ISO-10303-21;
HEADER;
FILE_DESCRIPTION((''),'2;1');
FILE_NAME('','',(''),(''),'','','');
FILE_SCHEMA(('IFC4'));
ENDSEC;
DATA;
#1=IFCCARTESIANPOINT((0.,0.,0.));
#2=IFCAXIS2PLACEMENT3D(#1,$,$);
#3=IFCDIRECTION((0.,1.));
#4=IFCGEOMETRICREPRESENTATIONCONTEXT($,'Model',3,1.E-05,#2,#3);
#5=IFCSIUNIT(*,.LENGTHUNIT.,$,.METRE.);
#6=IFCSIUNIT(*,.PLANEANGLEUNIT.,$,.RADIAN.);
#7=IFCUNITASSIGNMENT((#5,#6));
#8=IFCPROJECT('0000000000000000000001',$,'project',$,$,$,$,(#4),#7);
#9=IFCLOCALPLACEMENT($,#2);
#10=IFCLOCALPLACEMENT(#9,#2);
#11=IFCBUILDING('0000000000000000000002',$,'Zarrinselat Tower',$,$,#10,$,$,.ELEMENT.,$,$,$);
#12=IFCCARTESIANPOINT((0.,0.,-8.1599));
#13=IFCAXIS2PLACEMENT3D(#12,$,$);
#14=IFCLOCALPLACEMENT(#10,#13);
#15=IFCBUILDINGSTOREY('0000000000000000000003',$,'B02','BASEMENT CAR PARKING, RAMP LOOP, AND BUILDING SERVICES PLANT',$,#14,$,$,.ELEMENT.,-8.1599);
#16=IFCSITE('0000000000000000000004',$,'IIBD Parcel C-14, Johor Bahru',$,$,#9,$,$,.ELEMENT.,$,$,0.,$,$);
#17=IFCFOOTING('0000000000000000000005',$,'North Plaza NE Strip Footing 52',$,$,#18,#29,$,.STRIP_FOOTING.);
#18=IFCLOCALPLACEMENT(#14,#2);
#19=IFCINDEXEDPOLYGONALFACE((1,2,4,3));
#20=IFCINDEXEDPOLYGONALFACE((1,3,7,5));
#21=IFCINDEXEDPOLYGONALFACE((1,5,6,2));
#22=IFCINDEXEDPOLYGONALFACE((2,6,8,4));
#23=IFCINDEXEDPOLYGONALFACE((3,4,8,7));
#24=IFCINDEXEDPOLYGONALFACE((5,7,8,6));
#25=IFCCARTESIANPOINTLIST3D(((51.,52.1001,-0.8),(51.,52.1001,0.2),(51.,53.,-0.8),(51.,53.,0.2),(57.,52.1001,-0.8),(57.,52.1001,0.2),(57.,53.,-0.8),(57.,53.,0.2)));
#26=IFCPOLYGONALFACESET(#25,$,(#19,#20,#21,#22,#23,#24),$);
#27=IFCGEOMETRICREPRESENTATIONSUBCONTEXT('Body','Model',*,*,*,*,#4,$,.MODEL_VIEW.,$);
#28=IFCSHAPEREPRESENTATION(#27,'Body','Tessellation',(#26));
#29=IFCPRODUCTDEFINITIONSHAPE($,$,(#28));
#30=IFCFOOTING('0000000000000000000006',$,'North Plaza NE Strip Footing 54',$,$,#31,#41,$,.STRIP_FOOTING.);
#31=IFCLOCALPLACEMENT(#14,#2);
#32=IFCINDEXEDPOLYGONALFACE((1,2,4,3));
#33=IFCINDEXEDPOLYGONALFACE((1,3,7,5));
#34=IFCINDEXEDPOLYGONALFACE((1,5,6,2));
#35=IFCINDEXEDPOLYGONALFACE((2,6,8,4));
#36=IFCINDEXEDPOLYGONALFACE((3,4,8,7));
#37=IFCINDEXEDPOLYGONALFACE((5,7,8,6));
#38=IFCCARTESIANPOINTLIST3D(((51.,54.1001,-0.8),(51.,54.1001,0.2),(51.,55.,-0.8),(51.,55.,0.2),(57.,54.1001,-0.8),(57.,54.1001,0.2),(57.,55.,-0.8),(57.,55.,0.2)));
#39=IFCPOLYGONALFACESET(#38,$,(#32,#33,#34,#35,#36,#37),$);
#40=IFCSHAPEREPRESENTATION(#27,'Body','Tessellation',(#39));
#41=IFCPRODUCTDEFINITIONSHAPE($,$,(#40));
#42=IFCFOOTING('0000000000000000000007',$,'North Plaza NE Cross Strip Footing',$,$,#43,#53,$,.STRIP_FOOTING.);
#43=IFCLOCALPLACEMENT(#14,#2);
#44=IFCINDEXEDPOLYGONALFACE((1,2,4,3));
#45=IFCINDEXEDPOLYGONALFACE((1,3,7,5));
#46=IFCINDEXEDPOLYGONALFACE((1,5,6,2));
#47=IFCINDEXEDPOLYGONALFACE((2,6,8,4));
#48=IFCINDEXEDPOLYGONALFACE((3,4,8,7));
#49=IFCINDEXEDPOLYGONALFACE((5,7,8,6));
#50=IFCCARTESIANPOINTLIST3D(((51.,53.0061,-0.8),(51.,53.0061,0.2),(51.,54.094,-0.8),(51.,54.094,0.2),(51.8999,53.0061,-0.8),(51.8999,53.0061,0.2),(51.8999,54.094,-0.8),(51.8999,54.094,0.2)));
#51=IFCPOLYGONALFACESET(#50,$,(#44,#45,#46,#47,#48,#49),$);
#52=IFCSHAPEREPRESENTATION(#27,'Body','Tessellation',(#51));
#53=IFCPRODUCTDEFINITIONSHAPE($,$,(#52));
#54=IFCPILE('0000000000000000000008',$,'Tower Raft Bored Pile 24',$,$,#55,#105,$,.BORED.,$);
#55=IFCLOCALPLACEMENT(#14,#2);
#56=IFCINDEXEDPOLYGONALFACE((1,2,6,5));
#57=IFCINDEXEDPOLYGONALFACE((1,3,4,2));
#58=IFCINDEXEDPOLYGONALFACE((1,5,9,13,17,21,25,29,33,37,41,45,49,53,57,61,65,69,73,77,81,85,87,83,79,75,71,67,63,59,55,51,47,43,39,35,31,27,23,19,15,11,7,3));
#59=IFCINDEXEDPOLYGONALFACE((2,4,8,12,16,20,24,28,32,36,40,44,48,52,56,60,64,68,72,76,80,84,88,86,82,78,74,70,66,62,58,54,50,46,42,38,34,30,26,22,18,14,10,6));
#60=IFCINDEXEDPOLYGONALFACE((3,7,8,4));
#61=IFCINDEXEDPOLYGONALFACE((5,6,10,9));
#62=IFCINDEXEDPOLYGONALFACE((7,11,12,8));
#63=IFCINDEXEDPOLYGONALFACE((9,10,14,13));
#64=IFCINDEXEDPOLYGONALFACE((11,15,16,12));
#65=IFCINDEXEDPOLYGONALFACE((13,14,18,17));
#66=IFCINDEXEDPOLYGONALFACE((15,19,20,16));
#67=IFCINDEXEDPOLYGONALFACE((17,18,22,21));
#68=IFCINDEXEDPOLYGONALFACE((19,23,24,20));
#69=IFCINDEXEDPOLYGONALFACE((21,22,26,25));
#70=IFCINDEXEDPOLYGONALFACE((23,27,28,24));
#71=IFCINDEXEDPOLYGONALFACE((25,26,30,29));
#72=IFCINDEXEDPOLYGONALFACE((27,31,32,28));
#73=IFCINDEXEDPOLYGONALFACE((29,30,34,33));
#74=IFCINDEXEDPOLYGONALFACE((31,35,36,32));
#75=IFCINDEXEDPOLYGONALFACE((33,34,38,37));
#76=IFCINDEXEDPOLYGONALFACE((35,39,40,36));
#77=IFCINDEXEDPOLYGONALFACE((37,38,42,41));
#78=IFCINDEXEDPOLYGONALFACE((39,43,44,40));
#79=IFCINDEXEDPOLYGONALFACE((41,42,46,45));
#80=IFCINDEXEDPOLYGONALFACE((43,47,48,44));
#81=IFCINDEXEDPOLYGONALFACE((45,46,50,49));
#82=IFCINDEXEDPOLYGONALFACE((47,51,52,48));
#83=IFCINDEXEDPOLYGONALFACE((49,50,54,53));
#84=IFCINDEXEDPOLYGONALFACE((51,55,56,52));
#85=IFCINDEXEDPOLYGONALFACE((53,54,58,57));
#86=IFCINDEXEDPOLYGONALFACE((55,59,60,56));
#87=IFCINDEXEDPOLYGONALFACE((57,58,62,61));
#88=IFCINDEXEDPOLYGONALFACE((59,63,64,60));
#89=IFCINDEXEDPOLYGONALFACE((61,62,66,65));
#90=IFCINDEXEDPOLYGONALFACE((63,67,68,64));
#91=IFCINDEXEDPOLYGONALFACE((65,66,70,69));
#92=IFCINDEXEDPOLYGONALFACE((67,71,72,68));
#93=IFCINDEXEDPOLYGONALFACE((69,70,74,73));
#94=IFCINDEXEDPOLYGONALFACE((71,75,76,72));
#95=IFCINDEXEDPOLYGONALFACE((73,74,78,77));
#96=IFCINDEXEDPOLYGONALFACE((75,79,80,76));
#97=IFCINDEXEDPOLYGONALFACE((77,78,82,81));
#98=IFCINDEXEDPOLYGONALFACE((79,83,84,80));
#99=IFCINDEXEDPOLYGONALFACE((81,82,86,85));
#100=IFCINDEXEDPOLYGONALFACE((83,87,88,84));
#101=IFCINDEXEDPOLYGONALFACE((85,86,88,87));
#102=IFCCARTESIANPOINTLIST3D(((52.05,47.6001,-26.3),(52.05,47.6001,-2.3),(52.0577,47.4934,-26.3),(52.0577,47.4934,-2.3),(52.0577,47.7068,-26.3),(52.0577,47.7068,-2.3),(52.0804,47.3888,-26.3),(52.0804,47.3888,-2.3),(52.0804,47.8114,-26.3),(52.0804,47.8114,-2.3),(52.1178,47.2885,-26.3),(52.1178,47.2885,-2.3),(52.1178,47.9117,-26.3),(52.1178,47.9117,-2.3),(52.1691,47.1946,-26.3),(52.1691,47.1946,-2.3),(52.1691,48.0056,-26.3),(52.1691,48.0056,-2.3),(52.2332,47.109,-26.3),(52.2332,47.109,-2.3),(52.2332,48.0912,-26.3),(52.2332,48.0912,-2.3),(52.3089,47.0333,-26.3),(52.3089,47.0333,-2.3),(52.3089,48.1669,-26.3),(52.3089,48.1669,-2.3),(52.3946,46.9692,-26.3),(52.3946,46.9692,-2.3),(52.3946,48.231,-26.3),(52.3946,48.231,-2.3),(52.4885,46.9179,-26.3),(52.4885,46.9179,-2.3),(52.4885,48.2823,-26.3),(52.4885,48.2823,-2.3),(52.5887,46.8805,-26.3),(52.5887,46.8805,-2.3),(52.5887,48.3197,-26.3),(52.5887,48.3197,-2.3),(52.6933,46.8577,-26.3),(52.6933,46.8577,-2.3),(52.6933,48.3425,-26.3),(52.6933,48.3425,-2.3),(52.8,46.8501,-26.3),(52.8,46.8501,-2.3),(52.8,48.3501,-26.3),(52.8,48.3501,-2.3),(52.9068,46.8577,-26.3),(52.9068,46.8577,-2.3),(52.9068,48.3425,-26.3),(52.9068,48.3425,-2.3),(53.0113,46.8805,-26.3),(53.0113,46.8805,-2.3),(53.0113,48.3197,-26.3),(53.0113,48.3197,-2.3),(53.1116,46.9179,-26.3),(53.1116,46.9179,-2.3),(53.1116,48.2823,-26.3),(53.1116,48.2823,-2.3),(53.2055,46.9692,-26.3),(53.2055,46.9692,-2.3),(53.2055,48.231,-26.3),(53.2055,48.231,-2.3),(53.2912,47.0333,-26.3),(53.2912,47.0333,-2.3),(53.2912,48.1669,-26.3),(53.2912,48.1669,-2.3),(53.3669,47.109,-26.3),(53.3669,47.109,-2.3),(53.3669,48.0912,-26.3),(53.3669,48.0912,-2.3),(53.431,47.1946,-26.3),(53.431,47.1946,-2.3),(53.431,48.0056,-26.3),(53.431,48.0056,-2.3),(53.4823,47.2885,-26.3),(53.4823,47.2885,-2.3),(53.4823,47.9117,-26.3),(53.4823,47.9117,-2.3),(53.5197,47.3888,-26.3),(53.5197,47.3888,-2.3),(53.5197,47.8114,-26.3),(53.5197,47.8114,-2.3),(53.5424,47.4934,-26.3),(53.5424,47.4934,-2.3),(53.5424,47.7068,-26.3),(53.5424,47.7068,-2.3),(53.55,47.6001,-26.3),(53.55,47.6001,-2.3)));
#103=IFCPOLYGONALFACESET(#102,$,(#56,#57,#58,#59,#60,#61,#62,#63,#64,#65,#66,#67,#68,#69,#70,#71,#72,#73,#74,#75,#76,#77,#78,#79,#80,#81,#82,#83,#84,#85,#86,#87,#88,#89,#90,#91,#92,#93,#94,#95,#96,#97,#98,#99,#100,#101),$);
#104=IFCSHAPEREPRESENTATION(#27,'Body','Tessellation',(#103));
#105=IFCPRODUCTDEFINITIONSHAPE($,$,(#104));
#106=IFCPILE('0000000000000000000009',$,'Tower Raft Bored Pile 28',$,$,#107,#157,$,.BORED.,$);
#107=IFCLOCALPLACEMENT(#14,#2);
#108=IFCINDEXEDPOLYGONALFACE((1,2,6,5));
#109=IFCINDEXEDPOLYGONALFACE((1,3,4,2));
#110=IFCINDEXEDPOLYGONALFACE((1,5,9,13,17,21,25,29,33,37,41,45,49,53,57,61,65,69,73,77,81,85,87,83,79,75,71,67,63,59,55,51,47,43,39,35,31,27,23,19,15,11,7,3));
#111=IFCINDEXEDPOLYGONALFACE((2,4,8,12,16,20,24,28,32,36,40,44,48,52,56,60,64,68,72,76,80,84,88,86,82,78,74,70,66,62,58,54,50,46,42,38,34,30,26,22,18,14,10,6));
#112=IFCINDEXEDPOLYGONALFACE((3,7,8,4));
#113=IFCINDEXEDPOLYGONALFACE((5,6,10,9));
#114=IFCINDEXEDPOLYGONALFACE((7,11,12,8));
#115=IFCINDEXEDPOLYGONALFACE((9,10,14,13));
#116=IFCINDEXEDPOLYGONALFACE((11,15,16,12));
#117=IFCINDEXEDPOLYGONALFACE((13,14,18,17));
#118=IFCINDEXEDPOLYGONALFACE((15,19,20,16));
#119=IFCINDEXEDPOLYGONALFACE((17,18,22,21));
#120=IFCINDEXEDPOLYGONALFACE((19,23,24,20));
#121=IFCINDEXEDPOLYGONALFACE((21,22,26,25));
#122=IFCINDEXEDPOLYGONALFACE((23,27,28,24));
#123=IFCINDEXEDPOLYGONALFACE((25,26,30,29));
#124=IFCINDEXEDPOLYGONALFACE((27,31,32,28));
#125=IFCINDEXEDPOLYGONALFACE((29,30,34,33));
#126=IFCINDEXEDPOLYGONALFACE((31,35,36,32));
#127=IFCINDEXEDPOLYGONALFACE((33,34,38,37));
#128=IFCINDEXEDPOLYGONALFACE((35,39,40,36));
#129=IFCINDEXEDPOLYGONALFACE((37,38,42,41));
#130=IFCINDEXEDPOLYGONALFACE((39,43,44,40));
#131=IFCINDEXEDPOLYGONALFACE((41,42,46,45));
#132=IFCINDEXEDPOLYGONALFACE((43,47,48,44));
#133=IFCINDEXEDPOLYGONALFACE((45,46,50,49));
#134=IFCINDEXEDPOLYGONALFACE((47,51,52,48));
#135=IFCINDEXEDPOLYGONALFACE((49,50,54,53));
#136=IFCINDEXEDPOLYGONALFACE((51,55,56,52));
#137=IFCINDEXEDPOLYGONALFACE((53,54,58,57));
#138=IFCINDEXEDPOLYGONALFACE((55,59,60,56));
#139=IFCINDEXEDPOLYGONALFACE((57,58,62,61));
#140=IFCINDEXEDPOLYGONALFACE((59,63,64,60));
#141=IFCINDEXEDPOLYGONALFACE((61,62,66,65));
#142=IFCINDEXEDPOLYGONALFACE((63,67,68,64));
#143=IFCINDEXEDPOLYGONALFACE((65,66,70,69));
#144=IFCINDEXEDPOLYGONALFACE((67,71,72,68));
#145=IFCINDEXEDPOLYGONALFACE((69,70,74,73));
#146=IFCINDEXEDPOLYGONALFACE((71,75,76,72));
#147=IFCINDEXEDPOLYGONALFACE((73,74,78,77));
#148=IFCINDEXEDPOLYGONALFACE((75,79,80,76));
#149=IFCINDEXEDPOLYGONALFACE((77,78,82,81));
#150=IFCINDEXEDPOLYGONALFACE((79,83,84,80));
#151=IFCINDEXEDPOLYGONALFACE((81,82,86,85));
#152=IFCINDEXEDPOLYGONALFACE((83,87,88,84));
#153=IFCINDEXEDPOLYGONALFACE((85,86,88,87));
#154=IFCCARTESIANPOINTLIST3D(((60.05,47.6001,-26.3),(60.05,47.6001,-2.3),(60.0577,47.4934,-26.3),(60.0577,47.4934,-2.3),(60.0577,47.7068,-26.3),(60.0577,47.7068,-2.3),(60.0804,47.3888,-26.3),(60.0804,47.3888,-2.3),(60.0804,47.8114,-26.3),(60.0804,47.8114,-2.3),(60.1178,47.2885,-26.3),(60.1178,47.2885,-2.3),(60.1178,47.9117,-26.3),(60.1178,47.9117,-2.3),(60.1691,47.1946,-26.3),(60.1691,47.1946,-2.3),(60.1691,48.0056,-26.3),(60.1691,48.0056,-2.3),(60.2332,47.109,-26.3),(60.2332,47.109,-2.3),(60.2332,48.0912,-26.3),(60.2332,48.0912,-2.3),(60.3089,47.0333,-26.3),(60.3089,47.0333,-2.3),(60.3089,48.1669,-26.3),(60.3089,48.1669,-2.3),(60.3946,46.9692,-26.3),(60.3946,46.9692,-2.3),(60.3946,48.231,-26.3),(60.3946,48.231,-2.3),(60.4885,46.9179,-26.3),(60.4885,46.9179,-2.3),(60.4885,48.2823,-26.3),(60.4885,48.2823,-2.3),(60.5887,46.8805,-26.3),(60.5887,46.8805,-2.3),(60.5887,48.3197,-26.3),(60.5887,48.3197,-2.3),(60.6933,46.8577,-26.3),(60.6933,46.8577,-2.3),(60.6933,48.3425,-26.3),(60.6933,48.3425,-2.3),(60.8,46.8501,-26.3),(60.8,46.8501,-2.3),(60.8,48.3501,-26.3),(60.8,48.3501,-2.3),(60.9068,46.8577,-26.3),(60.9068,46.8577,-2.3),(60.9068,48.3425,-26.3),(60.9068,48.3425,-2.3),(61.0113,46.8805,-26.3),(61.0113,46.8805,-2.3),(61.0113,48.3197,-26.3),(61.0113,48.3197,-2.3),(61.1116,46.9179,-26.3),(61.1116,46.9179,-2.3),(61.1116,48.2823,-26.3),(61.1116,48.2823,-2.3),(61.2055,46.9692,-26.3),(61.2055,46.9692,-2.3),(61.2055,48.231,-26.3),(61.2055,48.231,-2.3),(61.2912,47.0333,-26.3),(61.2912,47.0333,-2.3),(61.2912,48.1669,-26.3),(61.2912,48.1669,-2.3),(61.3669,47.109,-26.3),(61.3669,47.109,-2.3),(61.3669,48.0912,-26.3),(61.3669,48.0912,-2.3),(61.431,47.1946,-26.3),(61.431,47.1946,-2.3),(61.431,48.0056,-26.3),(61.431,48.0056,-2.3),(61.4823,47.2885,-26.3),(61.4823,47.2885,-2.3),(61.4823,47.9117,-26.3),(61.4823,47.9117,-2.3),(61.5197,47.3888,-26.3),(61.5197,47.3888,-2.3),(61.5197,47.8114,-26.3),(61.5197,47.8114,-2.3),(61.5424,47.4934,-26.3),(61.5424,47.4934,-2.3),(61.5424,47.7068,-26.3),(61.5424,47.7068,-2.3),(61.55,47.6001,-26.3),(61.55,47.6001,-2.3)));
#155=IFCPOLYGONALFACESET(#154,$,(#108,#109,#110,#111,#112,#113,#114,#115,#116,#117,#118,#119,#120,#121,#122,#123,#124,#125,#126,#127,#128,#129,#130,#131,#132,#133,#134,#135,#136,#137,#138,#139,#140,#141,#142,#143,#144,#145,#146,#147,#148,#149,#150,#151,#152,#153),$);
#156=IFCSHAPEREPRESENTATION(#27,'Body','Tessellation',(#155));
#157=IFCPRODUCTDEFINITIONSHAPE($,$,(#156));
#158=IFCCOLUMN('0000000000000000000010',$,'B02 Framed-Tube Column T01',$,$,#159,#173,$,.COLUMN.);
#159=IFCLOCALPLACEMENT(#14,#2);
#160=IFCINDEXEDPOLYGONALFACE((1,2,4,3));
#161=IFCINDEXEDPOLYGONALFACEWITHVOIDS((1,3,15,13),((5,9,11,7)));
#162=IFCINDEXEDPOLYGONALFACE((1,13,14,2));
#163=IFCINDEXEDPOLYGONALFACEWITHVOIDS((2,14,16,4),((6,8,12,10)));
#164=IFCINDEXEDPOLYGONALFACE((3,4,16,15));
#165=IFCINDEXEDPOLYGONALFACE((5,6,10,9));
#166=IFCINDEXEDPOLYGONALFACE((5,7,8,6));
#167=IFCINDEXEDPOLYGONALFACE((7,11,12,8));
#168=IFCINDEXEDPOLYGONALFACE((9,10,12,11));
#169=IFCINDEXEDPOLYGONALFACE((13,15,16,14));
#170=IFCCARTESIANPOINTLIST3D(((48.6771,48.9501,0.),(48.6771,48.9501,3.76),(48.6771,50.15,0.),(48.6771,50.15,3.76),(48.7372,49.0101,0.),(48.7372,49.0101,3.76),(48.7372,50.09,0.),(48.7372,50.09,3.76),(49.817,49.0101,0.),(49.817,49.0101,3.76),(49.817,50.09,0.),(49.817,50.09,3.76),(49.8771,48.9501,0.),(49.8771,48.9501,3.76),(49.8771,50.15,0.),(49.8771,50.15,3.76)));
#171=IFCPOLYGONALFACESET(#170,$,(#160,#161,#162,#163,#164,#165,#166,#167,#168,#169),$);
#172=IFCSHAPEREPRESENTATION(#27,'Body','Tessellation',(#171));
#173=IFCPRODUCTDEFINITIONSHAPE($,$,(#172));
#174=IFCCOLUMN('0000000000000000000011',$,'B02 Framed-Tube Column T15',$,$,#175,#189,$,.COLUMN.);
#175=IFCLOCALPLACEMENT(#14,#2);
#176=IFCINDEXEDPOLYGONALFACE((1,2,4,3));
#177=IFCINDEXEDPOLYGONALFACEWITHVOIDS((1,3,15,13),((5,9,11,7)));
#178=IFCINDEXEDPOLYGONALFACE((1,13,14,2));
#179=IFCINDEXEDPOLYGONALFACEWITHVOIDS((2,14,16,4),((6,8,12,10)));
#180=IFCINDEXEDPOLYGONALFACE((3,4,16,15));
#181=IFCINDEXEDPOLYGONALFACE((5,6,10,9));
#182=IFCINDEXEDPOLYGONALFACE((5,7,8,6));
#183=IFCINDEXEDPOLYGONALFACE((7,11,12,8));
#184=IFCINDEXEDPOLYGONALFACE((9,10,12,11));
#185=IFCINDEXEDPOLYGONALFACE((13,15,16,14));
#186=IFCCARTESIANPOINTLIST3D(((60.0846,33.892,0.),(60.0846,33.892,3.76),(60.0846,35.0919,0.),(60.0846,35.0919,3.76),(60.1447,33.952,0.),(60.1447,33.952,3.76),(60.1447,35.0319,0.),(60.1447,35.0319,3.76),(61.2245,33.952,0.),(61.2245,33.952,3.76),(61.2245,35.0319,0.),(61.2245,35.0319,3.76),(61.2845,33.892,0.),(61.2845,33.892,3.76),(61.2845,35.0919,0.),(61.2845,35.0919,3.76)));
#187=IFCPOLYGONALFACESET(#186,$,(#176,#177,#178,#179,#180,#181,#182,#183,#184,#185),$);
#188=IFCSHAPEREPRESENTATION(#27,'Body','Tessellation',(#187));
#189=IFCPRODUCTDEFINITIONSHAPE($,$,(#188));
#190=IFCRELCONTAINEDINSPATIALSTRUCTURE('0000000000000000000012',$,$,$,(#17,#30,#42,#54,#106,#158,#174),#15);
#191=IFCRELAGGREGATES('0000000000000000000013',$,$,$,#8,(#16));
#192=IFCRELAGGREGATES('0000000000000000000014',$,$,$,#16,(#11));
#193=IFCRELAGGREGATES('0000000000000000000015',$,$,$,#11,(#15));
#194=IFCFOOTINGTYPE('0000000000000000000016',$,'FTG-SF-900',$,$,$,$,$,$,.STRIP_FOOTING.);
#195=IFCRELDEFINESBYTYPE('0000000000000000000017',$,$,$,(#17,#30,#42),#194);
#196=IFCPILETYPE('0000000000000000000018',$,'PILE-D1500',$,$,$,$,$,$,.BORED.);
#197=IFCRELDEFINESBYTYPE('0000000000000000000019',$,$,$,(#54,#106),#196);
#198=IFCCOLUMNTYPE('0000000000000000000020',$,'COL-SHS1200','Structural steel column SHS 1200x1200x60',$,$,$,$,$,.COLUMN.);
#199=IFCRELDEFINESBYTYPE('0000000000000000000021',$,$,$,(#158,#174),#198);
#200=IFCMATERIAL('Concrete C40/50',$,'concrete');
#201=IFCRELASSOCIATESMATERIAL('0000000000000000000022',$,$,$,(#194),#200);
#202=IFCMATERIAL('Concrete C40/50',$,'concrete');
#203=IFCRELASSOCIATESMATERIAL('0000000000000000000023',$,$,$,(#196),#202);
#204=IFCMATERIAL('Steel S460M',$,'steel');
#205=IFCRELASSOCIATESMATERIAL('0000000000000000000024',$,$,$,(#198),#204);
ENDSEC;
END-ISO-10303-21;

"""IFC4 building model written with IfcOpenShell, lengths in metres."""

from ifc_helpers import new_model, si_unit, direction, frame, origin, origin_2d, place, context, subcontext, project, spatial, rectangle, hollow_rectangle, circle, extrude, material, material_profile, profile_set, type_object, element, save


model = new_model("IFC4")

# Units and contexts
model_context = context("Model", 3, precision=1e-05, world=origin(), true_north=direction((0.0, 1.0)))
body_context = subcontext(model_context, "Body", "Model", "MODEL_VIEW")
ifc_project = project(units=[si_unit("LENGTHUNIT", "METRE"), si_unit("PLANEANGLEUNIT", "RADIAN")], contexts=[model_context])

# Site, building, storey
site_placement = place(None, origin())
site = spatial("IfcSite", under=ifc_project, at=site_placement, Name="IIBD Parcel C-14, Johor Bahru", CompositionType="ELEMENT", RefElevation=0.0)
building_placement = place(site_placement, origin())
building = spatial("IfcBuilding", under=site, at=building_placement, Name="Zarrinselat Tower", CompositionType="ELEMENT")
storey_placement = place(building_placement, frame((0.0, 0.0, -8.1599)))
storey = spatial("IfcBuildingStorey", under=building, at=storey_placement, Name="B02", Description="BASEMENT CAR PARKING, RAMP LOOP, AND BUILDING SERVICES PLANT", CompositionType="ELEMENT", Elevation=-8.1599)

# Footings
ifc_material_1 = material(Name="Concrete C40/50", Category="concrete")
ifc_material_profile_1 = material_profile(ifc_material_1, rectangle(XDim=0.8999, YDim=1.0, at=origin_2d()), Name="RC SF 900x1000")
ifc_profile_set_1 = profile_set([ifc_material_profile_1], Name="Concrete C40/50")
footing_type = type_object("IfcFootingType", Name="FTG-SF-900", PredefinedType="STRIP_FOOTING", material=ifc_profile_set_1)
for number, where, z_axis, x_axis, name in (
    (1, (51.0, 52.55, -0.3), (1.0, 0.0, 0.0), (0.0, 1.0, 0.0), "North Plaza NE Strip Footing 52"),
    (2, (51.0, 54.55, -0.3), (1.0, 0.0, 0.0), (0.0, 1.0, 0.0), "North Plaza NE Strip Footing 54"),
):
    element("IfcFooting", number, at=place(storey_placement, frame(where, z_axis=z_axis, x_axis=x_axis)), inside=storey, type_object=footing_type, Name=name, PredefinedType="STRIP_FOOTING", context=body_context, shape_type="SweptSolid", body=[
        extrude(rectangle(XDim=0.8999, YDim=1.0, at=origin_2d()), origin(), (0.0, 0.0, 1.0), 6.0),
    ])
footing_placement = place(storey_placement, frame((51.45, 53.0061, -0.3), z_axis=(0.0, 1.0, 0.0), x_axis=(-1.0, 0.0, 0.0)))
element("IfcFooting", 3, at=footing_placement, inside=storey, type_object=footing_type, Name="North Plaza NE Cross Strip Footing", PredefinedType="STRIP_FOOTING", context=body_context, shape_type="SweptSolid", body=[
    extrude(rectangle(XDim=0.8999, YDim=1.0, at=origin_2d()), origin(), (0.0, 0.0, 1.0), 1.0879),
])

# Piles
ifc_material_2 = material(Name="Concrete C40/50", Category="concrete")
ifc_material_profile_2 = material_profile(ifc_material_2, circle(Radius=0.75, at=origin_2d()), Name="BORED PILE D1500")
ifc_profile_set_2 = profile_set([ifc_material_profile_2], Name="Concrete C40/50")
pile_type = type_object("IfcPileType", Name="PILE-D1500", PredefinedType="BORED", material=ifc_profile_set_2)
for number, where, z_axis, x_axis, name in (
    (4, (52.8, 47.6001, -2.3), (0.0, 0.0, -1.0), (1.0, 0.0, 0.0), "Tower Raft Bored Pile 24"),
    (5, (60.8, 47.6001, -2.3), (0.0, 0.0, -1.0), (1.0, 0.0, 0.0), "Tower Raft Bored Pile 28"),
):
    element("IfcPile", number, at=place(storey_placement, frame(where, z_axis=z_axis, x_axis=x_axis)), inside=storey, type_object=pile_type, Name=name, PredefinedType="BORED", context=body_context, shape_type="SweptSolid", body=[
        extrude(circle(Radius=0.75, at=origin_2d()), origin(), (0.0, 0.0, 1.0), 24.0),
    ])

# Columns
ifc_material_3 = material(Name="Steel S460M", Category="steel")
ifc_material_profile_3 = material_profile(ifc_material_3, hollow_rectangle(XDim=1.2, YDim=1.2, WallThickness=0.0601, at=origin_2d()), Name="SHS 1200x1200x60")
ifc_profile_set_3 = profile_set([ifc_material_profile_3], Name="Steel S460M")
column_type = type_object("IfcColumnType", Name="COL-SHS1200", Description="Structural steel column SHS 1200x1200x60", PredefinedType="COLUMN", material=ifc_profile_set_3)
for number, where, z_axis, x_axis, name in (
    (6, (49.2771, 49.55, 0.0), (0.0, 0.0, 1.0), (1.0, 0.0, 0.0), "B02 Framed-Tube Column T01"),
    (7, (60.6846, 34.4919, 0.0), (0.0, 0.0, 1.0), (1.0, 0.0, 0.0), "B02 Framed-Tube Column T15"),
):
    element("IfcColumn", number, at=place(storey_placement, frame(where, z_axis=z_axis, x_axis=x_axis)), inside=storey, type_object=column_type, Name=name, PredefinedType="COLUMN", context=body_context, shape_type="SweptSolid", body=[
        extrude(hollow_rectangle(XDim=1.2, YDim=1.2, WallThickness=0.0601, at=origin_2d()), origin(), (0.0, 0.0, 1.0), 3.76),
    ])

save(model, "model.ifc")
